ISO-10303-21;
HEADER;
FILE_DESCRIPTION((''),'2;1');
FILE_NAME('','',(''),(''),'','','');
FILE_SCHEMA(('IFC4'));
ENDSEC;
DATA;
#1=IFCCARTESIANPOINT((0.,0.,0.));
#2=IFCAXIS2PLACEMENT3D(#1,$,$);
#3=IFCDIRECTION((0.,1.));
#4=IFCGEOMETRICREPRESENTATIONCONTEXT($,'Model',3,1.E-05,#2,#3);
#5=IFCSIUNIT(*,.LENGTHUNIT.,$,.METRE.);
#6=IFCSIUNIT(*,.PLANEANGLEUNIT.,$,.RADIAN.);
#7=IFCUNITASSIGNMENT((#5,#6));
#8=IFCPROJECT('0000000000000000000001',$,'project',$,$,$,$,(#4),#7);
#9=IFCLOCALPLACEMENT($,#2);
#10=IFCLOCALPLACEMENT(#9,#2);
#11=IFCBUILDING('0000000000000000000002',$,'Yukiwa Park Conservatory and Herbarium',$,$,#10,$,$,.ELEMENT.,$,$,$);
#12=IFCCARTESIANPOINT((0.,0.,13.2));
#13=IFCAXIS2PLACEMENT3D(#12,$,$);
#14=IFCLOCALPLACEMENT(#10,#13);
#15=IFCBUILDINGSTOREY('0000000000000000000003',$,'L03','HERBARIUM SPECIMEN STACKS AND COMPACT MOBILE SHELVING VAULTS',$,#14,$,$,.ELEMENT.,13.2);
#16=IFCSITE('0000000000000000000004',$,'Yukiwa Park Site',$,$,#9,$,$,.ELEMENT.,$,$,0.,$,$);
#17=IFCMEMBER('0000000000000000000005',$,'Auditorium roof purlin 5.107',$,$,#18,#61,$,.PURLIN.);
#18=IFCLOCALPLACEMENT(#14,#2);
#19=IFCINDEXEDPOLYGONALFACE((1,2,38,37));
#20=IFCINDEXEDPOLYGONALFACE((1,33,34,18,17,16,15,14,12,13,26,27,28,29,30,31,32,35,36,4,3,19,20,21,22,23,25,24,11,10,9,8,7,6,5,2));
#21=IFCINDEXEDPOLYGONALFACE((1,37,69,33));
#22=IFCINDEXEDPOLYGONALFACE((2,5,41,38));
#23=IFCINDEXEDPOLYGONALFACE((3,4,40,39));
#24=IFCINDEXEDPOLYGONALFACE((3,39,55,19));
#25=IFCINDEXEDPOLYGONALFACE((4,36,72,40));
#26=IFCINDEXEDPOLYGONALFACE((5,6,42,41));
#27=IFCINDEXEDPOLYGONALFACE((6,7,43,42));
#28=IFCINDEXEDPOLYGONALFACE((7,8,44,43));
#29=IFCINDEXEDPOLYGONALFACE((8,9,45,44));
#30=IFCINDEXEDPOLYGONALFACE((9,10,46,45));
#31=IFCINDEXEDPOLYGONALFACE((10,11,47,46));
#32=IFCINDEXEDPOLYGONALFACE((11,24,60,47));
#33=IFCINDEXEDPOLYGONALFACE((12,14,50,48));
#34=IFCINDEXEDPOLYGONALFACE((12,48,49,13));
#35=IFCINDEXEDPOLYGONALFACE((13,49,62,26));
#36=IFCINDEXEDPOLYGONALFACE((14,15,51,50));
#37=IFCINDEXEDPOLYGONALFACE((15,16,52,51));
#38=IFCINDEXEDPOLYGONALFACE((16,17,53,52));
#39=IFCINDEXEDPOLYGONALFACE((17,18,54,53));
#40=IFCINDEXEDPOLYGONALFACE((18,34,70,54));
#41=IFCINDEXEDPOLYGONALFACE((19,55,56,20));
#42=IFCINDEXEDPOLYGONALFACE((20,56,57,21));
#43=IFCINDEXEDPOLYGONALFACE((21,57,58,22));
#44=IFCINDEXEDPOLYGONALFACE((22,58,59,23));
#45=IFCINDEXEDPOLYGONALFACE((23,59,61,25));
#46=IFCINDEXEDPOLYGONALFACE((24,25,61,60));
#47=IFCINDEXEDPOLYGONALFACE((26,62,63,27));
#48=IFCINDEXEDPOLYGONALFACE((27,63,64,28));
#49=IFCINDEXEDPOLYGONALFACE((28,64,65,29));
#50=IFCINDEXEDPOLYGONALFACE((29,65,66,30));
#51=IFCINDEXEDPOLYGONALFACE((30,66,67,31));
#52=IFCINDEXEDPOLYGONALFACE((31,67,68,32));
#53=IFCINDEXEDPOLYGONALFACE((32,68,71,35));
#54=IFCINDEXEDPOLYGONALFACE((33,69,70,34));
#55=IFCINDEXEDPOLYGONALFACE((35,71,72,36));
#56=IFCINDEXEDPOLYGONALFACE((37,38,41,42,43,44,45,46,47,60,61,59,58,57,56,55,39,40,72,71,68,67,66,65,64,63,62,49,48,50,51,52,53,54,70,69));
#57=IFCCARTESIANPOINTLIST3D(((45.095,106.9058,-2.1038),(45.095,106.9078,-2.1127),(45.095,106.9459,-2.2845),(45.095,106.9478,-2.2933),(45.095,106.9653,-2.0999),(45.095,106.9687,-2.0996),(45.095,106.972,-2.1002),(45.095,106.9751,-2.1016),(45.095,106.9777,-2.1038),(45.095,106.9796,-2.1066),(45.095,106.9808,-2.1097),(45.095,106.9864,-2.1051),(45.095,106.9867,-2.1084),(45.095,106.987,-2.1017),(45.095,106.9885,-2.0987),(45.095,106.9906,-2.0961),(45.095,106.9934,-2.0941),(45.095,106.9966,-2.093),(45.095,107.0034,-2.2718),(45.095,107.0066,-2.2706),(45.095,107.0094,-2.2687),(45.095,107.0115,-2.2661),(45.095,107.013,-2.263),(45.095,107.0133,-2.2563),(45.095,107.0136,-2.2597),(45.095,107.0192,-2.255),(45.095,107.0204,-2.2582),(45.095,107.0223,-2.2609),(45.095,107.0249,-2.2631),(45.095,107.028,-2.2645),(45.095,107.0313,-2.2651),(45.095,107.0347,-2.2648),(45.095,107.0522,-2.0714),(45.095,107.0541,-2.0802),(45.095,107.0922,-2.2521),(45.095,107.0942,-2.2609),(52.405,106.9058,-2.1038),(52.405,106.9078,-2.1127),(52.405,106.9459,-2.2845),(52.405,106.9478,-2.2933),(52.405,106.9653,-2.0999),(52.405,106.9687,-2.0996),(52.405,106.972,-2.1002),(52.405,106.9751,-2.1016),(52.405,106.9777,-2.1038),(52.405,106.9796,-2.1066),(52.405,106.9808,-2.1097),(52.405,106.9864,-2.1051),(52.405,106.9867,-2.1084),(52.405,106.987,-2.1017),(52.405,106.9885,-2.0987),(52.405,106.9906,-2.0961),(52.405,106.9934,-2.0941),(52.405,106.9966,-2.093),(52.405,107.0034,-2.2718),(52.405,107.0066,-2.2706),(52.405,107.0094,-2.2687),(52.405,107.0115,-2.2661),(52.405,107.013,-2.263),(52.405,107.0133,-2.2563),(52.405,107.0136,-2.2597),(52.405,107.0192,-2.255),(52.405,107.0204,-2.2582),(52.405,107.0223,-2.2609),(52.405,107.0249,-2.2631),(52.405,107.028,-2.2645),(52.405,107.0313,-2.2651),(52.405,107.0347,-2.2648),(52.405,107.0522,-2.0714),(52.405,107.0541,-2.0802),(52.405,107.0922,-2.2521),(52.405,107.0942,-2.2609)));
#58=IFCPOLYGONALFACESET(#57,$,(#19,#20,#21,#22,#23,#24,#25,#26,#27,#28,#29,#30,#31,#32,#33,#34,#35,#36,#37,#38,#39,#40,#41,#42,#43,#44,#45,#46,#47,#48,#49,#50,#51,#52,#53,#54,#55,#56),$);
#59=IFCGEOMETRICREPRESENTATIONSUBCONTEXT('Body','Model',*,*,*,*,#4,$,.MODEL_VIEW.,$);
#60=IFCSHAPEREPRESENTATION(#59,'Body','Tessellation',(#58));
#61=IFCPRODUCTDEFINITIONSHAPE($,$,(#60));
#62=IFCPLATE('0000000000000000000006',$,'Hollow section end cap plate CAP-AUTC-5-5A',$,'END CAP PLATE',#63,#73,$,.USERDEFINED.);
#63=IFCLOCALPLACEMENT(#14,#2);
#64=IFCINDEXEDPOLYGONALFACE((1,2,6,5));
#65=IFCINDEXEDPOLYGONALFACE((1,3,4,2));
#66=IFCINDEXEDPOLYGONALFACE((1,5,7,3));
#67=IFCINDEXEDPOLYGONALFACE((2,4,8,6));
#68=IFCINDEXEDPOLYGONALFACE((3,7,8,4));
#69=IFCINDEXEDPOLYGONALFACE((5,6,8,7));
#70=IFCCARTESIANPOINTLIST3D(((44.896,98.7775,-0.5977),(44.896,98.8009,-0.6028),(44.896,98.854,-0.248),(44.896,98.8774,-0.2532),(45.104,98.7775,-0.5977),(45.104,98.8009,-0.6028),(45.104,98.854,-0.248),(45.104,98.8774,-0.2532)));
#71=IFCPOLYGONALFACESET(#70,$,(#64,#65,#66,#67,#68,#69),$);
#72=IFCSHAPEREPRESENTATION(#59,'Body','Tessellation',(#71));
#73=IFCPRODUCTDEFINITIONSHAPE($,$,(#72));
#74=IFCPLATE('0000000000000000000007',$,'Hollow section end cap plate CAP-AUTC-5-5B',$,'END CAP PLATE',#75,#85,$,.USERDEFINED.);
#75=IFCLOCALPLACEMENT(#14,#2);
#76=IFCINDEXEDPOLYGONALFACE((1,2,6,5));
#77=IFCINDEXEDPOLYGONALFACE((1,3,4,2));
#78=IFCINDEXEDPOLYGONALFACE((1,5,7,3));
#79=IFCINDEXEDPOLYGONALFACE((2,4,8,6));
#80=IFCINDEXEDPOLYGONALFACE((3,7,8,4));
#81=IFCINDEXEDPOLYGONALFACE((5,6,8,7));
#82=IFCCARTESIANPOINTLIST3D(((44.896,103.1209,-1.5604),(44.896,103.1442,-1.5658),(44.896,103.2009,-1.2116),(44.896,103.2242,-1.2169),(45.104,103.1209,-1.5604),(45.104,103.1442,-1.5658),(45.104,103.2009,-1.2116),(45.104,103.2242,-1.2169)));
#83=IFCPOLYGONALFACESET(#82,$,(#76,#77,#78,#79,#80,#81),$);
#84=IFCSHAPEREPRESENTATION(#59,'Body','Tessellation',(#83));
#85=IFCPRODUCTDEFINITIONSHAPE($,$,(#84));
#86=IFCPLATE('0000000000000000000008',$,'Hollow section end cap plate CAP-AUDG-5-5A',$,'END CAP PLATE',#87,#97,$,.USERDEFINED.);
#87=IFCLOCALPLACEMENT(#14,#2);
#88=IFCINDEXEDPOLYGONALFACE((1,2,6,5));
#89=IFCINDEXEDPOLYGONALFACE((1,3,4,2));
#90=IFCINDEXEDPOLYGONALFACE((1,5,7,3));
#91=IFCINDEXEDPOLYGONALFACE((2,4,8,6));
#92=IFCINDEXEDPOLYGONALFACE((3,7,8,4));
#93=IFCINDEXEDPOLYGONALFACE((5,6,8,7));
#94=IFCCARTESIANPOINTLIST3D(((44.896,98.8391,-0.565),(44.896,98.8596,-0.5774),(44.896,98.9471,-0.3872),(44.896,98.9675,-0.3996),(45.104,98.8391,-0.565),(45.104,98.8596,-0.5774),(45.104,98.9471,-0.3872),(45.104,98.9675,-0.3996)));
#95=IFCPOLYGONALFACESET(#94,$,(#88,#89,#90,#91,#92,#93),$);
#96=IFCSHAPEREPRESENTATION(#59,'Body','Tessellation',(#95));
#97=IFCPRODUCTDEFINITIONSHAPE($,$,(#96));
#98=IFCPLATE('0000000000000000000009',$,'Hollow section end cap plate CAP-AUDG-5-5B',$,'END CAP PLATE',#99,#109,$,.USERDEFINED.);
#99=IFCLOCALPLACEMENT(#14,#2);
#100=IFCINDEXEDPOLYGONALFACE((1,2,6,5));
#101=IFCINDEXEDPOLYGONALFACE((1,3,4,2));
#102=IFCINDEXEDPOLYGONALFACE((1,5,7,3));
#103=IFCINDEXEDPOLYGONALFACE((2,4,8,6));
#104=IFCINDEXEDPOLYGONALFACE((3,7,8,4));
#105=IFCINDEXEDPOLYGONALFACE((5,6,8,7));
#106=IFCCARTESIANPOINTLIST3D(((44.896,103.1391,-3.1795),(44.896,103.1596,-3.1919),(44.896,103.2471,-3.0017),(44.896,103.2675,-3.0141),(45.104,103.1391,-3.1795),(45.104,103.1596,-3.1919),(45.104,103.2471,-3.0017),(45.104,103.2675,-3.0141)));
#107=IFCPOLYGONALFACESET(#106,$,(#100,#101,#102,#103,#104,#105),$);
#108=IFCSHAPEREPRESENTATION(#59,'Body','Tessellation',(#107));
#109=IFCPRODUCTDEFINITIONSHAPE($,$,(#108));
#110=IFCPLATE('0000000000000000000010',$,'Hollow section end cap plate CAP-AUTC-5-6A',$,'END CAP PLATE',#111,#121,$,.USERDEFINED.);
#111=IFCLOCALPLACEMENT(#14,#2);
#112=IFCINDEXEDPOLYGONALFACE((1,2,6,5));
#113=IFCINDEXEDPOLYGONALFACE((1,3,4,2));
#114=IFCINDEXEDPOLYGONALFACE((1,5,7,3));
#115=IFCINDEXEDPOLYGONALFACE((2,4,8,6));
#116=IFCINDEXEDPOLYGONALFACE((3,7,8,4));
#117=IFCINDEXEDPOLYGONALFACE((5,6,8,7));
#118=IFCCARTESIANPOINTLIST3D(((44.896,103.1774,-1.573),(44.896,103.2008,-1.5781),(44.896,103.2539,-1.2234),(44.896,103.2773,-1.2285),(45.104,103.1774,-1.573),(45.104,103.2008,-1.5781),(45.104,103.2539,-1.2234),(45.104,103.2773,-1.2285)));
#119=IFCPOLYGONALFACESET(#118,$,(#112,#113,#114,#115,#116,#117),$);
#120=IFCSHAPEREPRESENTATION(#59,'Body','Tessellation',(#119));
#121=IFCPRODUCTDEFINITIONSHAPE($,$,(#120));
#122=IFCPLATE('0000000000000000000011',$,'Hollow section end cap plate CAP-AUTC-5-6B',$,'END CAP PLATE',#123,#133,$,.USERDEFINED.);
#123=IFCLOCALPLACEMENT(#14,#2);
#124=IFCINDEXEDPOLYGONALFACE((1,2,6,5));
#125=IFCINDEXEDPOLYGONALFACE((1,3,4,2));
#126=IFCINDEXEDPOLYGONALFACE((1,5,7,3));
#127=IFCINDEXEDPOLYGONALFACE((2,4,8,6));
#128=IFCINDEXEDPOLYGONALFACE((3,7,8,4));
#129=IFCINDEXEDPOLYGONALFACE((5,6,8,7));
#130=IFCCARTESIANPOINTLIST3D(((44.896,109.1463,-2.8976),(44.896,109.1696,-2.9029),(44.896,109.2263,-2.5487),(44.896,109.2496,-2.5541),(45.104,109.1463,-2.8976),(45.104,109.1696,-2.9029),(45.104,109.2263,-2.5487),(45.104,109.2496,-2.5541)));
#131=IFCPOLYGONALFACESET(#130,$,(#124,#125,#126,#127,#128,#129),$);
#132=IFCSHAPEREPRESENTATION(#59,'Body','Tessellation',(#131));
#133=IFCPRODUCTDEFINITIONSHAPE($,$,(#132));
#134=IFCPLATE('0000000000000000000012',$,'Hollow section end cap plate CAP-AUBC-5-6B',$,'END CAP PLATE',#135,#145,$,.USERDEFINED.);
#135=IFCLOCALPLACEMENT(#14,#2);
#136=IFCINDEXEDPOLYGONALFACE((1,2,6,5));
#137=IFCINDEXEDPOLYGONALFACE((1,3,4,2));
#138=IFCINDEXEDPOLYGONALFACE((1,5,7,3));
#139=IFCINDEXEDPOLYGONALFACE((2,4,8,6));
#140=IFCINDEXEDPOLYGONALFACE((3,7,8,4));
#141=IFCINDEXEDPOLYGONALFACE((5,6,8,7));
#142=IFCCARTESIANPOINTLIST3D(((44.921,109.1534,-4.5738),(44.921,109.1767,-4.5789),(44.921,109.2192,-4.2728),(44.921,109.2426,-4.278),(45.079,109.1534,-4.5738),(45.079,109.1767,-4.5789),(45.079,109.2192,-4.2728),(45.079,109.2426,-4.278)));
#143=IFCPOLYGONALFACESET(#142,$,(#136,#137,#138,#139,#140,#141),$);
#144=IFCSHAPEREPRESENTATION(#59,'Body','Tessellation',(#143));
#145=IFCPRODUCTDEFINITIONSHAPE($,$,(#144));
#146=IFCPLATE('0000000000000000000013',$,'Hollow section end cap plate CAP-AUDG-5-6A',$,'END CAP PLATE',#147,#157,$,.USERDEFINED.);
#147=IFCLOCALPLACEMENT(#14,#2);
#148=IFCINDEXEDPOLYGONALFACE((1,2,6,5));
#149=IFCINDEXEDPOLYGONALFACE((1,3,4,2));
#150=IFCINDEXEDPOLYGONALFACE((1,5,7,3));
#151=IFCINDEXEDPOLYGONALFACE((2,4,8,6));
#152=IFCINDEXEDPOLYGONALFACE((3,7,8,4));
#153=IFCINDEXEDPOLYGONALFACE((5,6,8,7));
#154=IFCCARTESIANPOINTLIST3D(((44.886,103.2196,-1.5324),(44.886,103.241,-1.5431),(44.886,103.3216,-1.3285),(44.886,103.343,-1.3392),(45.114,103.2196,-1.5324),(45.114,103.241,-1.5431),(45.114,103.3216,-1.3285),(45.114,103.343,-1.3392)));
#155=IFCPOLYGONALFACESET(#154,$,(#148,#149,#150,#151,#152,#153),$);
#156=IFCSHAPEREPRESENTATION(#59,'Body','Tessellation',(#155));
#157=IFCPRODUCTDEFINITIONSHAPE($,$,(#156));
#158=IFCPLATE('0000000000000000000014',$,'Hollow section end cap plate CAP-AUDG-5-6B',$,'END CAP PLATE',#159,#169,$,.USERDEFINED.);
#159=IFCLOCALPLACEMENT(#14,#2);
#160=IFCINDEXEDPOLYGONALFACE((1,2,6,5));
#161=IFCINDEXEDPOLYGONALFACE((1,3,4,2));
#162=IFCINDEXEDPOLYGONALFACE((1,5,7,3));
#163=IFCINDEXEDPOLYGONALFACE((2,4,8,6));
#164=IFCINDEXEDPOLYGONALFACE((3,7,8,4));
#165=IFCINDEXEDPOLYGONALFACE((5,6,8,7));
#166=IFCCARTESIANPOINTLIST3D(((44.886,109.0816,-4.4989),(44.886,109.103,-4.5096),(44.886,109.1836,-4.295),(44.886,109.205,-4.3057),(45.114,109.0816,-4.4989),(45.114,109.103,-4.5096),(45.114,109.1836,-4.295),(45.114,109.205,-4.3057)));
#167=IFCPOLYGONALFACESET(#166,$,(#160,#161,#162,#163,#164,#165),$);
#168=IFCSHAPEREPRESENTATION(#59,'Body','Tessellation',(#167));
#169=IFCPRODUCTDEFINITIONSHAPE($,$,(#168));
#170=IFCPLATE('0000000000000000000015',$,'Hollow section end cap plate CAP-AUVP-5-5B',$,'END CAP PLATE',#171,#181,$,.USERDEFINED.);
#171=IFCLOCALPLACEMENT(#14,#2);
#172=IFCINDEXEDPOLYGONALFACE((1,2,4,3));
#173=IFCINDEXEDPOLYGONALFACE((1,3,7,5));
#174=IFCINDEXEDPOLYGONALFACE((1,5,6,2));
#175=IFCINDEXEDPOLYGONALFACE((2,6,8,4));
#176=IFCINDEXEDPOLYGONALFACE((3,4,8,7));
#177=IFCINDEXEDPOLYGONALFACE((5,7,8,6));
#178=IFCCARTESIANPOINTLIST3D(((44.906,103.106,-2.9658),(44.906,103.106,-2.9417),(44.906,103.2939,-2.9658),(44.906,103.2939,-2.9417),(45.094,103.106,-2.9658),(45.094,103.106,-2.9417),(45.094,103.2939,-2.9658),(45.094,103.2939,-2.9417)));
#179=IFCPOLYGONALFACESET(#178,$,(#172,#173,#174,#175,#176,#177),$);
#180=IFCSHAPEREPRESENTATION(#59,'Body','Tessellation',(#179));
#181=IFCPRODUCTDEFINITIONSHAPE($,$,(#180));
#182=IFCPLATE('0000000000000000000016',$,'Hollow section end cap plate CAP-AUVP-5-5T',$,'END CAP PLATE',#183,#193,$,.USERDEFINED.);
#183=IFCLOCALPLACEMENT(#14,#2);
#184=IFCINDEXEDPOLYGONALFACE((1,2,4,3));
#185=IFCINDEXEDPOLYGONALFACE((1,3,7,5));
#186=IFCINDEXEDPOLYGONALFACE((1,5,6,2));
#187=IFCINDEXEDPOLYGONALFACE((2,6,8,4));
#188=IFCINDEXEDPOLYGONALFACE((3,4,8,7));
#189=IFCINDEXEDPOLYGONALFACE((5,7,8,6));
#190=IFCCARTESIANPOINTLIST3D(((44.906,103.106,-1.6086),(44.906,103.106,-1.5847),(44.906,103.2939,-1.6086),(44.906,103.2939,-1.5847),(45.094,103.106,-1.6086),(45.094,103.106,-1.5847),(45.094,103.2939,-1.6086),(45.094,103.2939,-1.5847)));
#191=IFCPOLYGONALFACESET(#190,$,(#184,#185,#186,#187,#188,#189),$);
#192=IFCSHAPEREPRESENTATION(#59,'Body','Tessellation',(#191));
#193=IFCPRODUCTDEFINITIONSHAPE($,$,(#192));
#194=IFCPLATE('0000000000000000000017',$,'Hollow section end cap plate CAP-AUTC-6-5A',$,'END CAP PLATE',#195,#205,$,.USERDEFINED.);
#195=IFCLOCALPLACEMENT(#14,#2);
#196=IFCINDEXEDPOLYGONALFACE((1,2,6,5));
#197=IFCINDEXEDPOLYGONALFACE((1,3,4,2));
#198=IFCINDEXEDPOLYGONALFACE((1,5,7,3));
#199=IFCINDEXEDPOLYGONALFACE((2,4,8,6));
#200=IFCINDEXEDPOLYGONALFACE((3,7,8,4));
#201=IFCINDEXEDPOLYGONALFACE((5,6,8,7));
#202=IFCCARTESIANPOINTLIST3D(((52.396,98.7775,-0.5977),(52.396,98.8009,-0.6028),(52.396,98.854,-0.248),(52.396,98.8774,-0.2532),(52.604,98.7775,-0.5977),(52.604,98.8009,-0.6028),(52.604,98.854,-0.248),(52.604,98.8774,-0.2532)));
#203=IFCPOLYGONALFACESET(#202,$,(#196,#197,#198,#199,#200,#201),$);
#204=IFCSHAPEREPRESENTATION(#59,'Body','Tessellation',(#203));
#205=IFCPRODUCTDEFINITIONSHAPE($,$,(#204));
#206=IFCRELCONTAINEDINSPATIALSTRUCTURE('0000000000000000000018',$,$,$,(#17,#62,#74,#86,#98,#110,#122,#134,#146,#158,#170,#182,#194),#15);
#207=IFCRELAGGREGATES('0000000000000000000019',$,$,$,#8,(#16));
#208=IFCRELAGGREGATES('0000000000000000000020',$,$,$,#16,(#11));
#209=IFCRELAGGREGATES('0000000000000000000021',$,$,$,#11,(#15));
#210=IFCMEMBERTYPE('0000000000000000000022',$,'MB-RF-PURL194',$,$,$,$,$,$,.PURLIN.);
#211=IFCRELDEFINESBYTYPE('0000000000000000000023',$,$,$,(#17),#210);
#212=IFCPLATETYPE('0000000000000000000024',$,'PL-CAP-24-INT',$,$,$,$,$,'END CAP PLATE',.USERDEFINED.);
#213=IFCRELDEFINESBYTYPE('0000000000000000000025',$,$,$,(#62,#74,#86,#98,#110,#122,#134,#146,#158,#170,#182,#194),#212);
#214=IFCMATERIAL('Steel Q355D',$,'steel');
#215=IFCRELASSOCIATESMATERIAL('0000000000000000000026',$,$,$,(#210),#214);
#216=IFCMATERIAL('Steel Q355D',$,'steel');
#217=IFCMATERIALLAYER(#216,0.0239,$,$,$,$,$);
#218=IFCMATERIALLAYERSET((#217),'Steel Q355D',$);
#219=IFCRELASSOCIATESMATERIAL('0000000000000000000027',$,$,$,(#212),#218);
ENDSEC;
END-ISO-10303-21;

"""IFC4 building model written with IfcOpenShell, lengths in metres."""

from ifc_helpers import new_model, si_unit, direction, frame, origin, origin_2d, place, context, subcontext, project, spatial, rectangle, i_section, extrude, material, layer, layer_set, material_profile, profile_set, type_object, element, save


model = new_model("IFC4")

# Units and contexts
model_context = context("Model", 3, precision=1e-05, world=origin(), true_north=direction((0.0, 1.0)))
body_context = subcontext(model_context, "Body", "Model", "MODEL_VIEW")
ifc_project = project(units=[si_unit("LENGTHUNIT", "METRE"), si_unit("PLANEANGLEUNIT", "RADIAN")], contexts=[model_context])

# Site, building, storey
site_placement = place(None, origin())
site = spatial("IfcSite", under=ifc_project, at=site_placement, Name="Yukiwa Park Site", CompositionType="ELEMENT", RefElevation=0.0)
building_placement = place(site_placement, origin())
building = spatial("IfcBuilding", under=site, at=building_placement, Name="Yukiwa Park Conservatory and Herbarium", CompositionType="ELEMENT")
storey_placement = place(building_placement, frame((0.0, 0.0, 13.2)))
storey = spatial("IfcBuildingStorey", under=building, at=storey_placement, Name="L03", Description="HERBARIUM SPECIMEN STACKS AND COMPACT MOBILE SHELVING VAULTS", CompositionType="ELEMENT", Elevation=13.2)

# Member
ifc_material_1 = material(Name="Steel Q355D", Category="steel")
ifc_material_profile_1 = material_profile(ifc_material_1, i_section(OverallWidth=0.1499, OverallDepth=0.1941, WebThickness=0.0061, FlangeThickness=0.009, FilletRadius=0.0129, at=origin_2d()), Name="HM 194x150x6x9")
ifc_profile_set_1 = profile_set([ifc_material_profile_1], Name="Steel Q355D")
member_type_1 = type_object("IfcMemberType", Name="MB-RF-PURL194", PredefinedType="PURLIN", material=ifc_profile_set_1)
for number, where, z_axis, x_axis, name in (
    (1, (45.095, 107.0, -2.1824), (1.0, 0.0, 0.0), (0.0, 0.976296, 0.21644), "Auditorium roof purlin 5.107"),
):
    element("IfcMember", number, at=place(storey_placement, frame(where, z_axis=z_axis, x_axis=x_axis)), inside=storey, type_object=member_type_1, Name=name, PredefinedType="PURLIN", context=body_context, shape_type="SweptSolid", body=[
        extrude(i_section(OverallWidth=0.1499, OverallDepth=0.1941, WebThickness=0.0061, FlangeThickness=0.009, FilletRadius=0.0129, at=origin_2d()), origin(), (0.0, 0.0, 1.0), 7.3101),
    ])

# Plates
ifc_material_2 = material(Name="Steel Q355D", Category="steel")
ifc_layer = layer(ifc_material_2, 0.0239)
ifc_layer_set = layer_set([ifc_layer], Name="Steel Q355D")
plate_type = type_object("IfcPlateType", Name="PL-CAP-24-INT", ElementType="END CAP PLATE", PredefinedType="USERDEFINED", material=ifc_layer_set)
for number, where, z_axis, x_axis, name in (
    (2, (45.0, 98.8391, -0.428), (0.0, -0.9769, 0.213697), (1.0, 0.0, 0.0), "Hollow section end cap plate CAP-AUTC-5-5A"),
    (3, (45.0, 103.1609, -1.386), (0.0, 0.974732, -0.223376), (-1.0, 0.0, 0.0), "Hollow section end cap plate CAP-AUTC-5-5B"),
):
    element("IfcPlate", number, at=place(storey_placement, frame(where, z_axis=z_axis, x_axis=x_axis)), inside=storey, type_object=plate_type, Name=name, ObjectType="END CAP PLATE", PredefinedType="USERDEFINED", context=body_context, shape_type="SweptSolid", body=[
        extrude(rectangle(XDim=0.208, YDim=0.3579, at=origin_2d()), origin(), (0.0, 0.0, 1.0), 0.0239),
    ])
for number, where, z_axis, x_axis, name in (
    (4, (45.0, 98.9136, -0.4885), (0.0, -0.854788, 0.518978), (1.0, 0.0, 0.0), "Hollow section end cap plate CAP-AUDG-5-5A"),
    (5, (45.0, 103.1931, -3.0906), (0.0, 0.854788, -0.518978), (-1.0, 0.0, 0.0), "Hollow section end cap plate CAP-AUDG-5-5B"),
):
    element("IfcPlate", number, at=place(storey_placement, frame(where, z_axis=z_axis, x_axis=x_axis)), inside=storey, type_object=plate_type, Name=name, ObjectType="END CAP PLATE", PredefinedType="USERDEFINED", context=body_context, shape_type="SweptSolid", body=[
        extrude(rectangle(XDim=0.208, YDim=0.208, at=origin_2d()), origin(), (0.0, 0.0, 1.0), 0.0239),
    ])
for number, where, z_axis, x_axis, name in (
    (6, (45.0, 103.239, -1.4033), (0.0, -0.9769, 0.213697), (1.0, 0.0, 0.0), "Hollow section end cap plate CAP-AUTC-5-6A"),
    (7, (45.0, 109.1863, -2.7231), (0.0, 0.974732, -0.223376), (-1.0, 0.0, 0.0), "Hollow section end cap plate CAP-AUTC-5-6B"),
):
    element("IfcPlate", number, at=place(storey_placement, frame(where, z_axis=z_axis, x_axis=x_axis)), inside=storey, type_object=plate_type, Name=name, ObjectType="END CAP PLATE", PredefinedType="USERDEFINED", context=body_context, shape_type="SweptSolid", body=[
        extrude(rectangle(XDim=0.208, YDim=0.3579, at=origin_2d()), origin(), (0.0, 0.0, 1.0), 0.0239),
    ])
plate_1_placement = place(storey_placement, frame((45.0, 109.1863, -4.4233), z_axis=(0.0, 0.9769, -0.213697), x_axis=(-1.0, 0.0, 0.0)))
element("IfcPlate", 8, at=plate_1_placement, inside=storey, type_object=plate_type, Name="Hollow section end cap plate CAP-AUBC-5-6B", ObjectType="END CAP PLATE", PredefinedType="USERDEFINED", context=body_context, shape_type="SweptSolid", body=[
    extrude(rectangle(XDim=0.158, YDim=0.3081, at=origin_2d()), origin(), (0.0, 0.0, 1.0), 0.0239),
])
for number, where, z_axis, x_axis, name in (
    (9, (45.0, 103.292, -1.4412), (0.0, -0.894427, 0.447214), (1.0, 0.0, 0.0), "Hollow section end cap plate CAP-AUDG-5-6A"),
    (10, (45.0, 109.1326, -4.397), (0.0, 0.894427, -0.447214), (-1.0, 0.0, 0.0), "Hollow section end cap plate CAP-AUDG-5-6B"),
):
    element("IfcPlate", number, at=place(storey_placement, frame(where, z_axis=z_axis, x_axis=x_axis)), inside=storey, type_object=plate_type, Name=name, ObjectType="END CAP PLATE", PredefinedType="USERDEFINED", context=body_context, shape_type="SweptSolid", body=[
        extrude(rectangle(XDim=0.228, YDim=0.228, at=origin_2d()), origin(), (0.0, 0.0, 1.0), 0.0239),
    ])
plate_2_placement = place(storey_placement, frame((45.0, 103.2, -2.9417), z_axis=(0.0, 0.0, -1.0), x_axis=(1.0, 0.0, 0.0)))
element("IfcPlate", 11, at=plate_2_placement, inside=storey, type_object=plate_type, Name="Hollow section end cap plate CAP-AUVP-5-5B", ObjectType="END CAP PLATE", PredefinedType="USERDEFINED", context=body_context, shape_type="SweptSolid", body=[
    extrude(rectangle(XDim=0.188, YDim=0.188, at=origin_2d()), origin(), (0.0, 0.0, 1.0), 0.0242),
])
plate_3_placement = place(storey_placement, frame((45.0, 103.2, -1.6086), z_axis=(0.0, 0.0, 1.0), x_axis=(1.0, 0.0, 0.0)))
element("IfcPlate", 12, at=plate_3_placement, inside=storey, type_object=plate_type, Name="Hollow section end cap plate CAP-AUVP-5-5T", ObjectType="END CAP PLATE", PredefinedType="USERDEFINED", context=body_context, shape_type="SweptSolid", body=[
    extrude(rectangle(XDim=0.188, YDim=0.188, at=origin_2d()), origin(), (0.0, 0.0, 1.0), 0.0239),
])
for number, where, z_axis, x_axis, name in (
    (13, (52.5, 98.8391, -0.428), (0.0, -0.9769, 0.213697), (1.0, 0.0, 0.0), "Hollow section end cap plate CAP-AUTC-6-5A"),
):
    element("IfcPlate", number, at=place(storey_placement, frame(where, z_axis=z_axis, x_axis=x_axis)), inside=storey, type_object=plate_type, Name=name, ObjectType="END CAP PLATE", PredefinedType="USERDEFINED", context=body_context, shape_type="SweptSolid", body=[
        extrude(rectangle(XDim=0.208, YDim=0.3579, at=origin_2d()), origin(), (0.0, 0.0, 1.0), 0.0239),
    ])

save(model, "model.ifc")
